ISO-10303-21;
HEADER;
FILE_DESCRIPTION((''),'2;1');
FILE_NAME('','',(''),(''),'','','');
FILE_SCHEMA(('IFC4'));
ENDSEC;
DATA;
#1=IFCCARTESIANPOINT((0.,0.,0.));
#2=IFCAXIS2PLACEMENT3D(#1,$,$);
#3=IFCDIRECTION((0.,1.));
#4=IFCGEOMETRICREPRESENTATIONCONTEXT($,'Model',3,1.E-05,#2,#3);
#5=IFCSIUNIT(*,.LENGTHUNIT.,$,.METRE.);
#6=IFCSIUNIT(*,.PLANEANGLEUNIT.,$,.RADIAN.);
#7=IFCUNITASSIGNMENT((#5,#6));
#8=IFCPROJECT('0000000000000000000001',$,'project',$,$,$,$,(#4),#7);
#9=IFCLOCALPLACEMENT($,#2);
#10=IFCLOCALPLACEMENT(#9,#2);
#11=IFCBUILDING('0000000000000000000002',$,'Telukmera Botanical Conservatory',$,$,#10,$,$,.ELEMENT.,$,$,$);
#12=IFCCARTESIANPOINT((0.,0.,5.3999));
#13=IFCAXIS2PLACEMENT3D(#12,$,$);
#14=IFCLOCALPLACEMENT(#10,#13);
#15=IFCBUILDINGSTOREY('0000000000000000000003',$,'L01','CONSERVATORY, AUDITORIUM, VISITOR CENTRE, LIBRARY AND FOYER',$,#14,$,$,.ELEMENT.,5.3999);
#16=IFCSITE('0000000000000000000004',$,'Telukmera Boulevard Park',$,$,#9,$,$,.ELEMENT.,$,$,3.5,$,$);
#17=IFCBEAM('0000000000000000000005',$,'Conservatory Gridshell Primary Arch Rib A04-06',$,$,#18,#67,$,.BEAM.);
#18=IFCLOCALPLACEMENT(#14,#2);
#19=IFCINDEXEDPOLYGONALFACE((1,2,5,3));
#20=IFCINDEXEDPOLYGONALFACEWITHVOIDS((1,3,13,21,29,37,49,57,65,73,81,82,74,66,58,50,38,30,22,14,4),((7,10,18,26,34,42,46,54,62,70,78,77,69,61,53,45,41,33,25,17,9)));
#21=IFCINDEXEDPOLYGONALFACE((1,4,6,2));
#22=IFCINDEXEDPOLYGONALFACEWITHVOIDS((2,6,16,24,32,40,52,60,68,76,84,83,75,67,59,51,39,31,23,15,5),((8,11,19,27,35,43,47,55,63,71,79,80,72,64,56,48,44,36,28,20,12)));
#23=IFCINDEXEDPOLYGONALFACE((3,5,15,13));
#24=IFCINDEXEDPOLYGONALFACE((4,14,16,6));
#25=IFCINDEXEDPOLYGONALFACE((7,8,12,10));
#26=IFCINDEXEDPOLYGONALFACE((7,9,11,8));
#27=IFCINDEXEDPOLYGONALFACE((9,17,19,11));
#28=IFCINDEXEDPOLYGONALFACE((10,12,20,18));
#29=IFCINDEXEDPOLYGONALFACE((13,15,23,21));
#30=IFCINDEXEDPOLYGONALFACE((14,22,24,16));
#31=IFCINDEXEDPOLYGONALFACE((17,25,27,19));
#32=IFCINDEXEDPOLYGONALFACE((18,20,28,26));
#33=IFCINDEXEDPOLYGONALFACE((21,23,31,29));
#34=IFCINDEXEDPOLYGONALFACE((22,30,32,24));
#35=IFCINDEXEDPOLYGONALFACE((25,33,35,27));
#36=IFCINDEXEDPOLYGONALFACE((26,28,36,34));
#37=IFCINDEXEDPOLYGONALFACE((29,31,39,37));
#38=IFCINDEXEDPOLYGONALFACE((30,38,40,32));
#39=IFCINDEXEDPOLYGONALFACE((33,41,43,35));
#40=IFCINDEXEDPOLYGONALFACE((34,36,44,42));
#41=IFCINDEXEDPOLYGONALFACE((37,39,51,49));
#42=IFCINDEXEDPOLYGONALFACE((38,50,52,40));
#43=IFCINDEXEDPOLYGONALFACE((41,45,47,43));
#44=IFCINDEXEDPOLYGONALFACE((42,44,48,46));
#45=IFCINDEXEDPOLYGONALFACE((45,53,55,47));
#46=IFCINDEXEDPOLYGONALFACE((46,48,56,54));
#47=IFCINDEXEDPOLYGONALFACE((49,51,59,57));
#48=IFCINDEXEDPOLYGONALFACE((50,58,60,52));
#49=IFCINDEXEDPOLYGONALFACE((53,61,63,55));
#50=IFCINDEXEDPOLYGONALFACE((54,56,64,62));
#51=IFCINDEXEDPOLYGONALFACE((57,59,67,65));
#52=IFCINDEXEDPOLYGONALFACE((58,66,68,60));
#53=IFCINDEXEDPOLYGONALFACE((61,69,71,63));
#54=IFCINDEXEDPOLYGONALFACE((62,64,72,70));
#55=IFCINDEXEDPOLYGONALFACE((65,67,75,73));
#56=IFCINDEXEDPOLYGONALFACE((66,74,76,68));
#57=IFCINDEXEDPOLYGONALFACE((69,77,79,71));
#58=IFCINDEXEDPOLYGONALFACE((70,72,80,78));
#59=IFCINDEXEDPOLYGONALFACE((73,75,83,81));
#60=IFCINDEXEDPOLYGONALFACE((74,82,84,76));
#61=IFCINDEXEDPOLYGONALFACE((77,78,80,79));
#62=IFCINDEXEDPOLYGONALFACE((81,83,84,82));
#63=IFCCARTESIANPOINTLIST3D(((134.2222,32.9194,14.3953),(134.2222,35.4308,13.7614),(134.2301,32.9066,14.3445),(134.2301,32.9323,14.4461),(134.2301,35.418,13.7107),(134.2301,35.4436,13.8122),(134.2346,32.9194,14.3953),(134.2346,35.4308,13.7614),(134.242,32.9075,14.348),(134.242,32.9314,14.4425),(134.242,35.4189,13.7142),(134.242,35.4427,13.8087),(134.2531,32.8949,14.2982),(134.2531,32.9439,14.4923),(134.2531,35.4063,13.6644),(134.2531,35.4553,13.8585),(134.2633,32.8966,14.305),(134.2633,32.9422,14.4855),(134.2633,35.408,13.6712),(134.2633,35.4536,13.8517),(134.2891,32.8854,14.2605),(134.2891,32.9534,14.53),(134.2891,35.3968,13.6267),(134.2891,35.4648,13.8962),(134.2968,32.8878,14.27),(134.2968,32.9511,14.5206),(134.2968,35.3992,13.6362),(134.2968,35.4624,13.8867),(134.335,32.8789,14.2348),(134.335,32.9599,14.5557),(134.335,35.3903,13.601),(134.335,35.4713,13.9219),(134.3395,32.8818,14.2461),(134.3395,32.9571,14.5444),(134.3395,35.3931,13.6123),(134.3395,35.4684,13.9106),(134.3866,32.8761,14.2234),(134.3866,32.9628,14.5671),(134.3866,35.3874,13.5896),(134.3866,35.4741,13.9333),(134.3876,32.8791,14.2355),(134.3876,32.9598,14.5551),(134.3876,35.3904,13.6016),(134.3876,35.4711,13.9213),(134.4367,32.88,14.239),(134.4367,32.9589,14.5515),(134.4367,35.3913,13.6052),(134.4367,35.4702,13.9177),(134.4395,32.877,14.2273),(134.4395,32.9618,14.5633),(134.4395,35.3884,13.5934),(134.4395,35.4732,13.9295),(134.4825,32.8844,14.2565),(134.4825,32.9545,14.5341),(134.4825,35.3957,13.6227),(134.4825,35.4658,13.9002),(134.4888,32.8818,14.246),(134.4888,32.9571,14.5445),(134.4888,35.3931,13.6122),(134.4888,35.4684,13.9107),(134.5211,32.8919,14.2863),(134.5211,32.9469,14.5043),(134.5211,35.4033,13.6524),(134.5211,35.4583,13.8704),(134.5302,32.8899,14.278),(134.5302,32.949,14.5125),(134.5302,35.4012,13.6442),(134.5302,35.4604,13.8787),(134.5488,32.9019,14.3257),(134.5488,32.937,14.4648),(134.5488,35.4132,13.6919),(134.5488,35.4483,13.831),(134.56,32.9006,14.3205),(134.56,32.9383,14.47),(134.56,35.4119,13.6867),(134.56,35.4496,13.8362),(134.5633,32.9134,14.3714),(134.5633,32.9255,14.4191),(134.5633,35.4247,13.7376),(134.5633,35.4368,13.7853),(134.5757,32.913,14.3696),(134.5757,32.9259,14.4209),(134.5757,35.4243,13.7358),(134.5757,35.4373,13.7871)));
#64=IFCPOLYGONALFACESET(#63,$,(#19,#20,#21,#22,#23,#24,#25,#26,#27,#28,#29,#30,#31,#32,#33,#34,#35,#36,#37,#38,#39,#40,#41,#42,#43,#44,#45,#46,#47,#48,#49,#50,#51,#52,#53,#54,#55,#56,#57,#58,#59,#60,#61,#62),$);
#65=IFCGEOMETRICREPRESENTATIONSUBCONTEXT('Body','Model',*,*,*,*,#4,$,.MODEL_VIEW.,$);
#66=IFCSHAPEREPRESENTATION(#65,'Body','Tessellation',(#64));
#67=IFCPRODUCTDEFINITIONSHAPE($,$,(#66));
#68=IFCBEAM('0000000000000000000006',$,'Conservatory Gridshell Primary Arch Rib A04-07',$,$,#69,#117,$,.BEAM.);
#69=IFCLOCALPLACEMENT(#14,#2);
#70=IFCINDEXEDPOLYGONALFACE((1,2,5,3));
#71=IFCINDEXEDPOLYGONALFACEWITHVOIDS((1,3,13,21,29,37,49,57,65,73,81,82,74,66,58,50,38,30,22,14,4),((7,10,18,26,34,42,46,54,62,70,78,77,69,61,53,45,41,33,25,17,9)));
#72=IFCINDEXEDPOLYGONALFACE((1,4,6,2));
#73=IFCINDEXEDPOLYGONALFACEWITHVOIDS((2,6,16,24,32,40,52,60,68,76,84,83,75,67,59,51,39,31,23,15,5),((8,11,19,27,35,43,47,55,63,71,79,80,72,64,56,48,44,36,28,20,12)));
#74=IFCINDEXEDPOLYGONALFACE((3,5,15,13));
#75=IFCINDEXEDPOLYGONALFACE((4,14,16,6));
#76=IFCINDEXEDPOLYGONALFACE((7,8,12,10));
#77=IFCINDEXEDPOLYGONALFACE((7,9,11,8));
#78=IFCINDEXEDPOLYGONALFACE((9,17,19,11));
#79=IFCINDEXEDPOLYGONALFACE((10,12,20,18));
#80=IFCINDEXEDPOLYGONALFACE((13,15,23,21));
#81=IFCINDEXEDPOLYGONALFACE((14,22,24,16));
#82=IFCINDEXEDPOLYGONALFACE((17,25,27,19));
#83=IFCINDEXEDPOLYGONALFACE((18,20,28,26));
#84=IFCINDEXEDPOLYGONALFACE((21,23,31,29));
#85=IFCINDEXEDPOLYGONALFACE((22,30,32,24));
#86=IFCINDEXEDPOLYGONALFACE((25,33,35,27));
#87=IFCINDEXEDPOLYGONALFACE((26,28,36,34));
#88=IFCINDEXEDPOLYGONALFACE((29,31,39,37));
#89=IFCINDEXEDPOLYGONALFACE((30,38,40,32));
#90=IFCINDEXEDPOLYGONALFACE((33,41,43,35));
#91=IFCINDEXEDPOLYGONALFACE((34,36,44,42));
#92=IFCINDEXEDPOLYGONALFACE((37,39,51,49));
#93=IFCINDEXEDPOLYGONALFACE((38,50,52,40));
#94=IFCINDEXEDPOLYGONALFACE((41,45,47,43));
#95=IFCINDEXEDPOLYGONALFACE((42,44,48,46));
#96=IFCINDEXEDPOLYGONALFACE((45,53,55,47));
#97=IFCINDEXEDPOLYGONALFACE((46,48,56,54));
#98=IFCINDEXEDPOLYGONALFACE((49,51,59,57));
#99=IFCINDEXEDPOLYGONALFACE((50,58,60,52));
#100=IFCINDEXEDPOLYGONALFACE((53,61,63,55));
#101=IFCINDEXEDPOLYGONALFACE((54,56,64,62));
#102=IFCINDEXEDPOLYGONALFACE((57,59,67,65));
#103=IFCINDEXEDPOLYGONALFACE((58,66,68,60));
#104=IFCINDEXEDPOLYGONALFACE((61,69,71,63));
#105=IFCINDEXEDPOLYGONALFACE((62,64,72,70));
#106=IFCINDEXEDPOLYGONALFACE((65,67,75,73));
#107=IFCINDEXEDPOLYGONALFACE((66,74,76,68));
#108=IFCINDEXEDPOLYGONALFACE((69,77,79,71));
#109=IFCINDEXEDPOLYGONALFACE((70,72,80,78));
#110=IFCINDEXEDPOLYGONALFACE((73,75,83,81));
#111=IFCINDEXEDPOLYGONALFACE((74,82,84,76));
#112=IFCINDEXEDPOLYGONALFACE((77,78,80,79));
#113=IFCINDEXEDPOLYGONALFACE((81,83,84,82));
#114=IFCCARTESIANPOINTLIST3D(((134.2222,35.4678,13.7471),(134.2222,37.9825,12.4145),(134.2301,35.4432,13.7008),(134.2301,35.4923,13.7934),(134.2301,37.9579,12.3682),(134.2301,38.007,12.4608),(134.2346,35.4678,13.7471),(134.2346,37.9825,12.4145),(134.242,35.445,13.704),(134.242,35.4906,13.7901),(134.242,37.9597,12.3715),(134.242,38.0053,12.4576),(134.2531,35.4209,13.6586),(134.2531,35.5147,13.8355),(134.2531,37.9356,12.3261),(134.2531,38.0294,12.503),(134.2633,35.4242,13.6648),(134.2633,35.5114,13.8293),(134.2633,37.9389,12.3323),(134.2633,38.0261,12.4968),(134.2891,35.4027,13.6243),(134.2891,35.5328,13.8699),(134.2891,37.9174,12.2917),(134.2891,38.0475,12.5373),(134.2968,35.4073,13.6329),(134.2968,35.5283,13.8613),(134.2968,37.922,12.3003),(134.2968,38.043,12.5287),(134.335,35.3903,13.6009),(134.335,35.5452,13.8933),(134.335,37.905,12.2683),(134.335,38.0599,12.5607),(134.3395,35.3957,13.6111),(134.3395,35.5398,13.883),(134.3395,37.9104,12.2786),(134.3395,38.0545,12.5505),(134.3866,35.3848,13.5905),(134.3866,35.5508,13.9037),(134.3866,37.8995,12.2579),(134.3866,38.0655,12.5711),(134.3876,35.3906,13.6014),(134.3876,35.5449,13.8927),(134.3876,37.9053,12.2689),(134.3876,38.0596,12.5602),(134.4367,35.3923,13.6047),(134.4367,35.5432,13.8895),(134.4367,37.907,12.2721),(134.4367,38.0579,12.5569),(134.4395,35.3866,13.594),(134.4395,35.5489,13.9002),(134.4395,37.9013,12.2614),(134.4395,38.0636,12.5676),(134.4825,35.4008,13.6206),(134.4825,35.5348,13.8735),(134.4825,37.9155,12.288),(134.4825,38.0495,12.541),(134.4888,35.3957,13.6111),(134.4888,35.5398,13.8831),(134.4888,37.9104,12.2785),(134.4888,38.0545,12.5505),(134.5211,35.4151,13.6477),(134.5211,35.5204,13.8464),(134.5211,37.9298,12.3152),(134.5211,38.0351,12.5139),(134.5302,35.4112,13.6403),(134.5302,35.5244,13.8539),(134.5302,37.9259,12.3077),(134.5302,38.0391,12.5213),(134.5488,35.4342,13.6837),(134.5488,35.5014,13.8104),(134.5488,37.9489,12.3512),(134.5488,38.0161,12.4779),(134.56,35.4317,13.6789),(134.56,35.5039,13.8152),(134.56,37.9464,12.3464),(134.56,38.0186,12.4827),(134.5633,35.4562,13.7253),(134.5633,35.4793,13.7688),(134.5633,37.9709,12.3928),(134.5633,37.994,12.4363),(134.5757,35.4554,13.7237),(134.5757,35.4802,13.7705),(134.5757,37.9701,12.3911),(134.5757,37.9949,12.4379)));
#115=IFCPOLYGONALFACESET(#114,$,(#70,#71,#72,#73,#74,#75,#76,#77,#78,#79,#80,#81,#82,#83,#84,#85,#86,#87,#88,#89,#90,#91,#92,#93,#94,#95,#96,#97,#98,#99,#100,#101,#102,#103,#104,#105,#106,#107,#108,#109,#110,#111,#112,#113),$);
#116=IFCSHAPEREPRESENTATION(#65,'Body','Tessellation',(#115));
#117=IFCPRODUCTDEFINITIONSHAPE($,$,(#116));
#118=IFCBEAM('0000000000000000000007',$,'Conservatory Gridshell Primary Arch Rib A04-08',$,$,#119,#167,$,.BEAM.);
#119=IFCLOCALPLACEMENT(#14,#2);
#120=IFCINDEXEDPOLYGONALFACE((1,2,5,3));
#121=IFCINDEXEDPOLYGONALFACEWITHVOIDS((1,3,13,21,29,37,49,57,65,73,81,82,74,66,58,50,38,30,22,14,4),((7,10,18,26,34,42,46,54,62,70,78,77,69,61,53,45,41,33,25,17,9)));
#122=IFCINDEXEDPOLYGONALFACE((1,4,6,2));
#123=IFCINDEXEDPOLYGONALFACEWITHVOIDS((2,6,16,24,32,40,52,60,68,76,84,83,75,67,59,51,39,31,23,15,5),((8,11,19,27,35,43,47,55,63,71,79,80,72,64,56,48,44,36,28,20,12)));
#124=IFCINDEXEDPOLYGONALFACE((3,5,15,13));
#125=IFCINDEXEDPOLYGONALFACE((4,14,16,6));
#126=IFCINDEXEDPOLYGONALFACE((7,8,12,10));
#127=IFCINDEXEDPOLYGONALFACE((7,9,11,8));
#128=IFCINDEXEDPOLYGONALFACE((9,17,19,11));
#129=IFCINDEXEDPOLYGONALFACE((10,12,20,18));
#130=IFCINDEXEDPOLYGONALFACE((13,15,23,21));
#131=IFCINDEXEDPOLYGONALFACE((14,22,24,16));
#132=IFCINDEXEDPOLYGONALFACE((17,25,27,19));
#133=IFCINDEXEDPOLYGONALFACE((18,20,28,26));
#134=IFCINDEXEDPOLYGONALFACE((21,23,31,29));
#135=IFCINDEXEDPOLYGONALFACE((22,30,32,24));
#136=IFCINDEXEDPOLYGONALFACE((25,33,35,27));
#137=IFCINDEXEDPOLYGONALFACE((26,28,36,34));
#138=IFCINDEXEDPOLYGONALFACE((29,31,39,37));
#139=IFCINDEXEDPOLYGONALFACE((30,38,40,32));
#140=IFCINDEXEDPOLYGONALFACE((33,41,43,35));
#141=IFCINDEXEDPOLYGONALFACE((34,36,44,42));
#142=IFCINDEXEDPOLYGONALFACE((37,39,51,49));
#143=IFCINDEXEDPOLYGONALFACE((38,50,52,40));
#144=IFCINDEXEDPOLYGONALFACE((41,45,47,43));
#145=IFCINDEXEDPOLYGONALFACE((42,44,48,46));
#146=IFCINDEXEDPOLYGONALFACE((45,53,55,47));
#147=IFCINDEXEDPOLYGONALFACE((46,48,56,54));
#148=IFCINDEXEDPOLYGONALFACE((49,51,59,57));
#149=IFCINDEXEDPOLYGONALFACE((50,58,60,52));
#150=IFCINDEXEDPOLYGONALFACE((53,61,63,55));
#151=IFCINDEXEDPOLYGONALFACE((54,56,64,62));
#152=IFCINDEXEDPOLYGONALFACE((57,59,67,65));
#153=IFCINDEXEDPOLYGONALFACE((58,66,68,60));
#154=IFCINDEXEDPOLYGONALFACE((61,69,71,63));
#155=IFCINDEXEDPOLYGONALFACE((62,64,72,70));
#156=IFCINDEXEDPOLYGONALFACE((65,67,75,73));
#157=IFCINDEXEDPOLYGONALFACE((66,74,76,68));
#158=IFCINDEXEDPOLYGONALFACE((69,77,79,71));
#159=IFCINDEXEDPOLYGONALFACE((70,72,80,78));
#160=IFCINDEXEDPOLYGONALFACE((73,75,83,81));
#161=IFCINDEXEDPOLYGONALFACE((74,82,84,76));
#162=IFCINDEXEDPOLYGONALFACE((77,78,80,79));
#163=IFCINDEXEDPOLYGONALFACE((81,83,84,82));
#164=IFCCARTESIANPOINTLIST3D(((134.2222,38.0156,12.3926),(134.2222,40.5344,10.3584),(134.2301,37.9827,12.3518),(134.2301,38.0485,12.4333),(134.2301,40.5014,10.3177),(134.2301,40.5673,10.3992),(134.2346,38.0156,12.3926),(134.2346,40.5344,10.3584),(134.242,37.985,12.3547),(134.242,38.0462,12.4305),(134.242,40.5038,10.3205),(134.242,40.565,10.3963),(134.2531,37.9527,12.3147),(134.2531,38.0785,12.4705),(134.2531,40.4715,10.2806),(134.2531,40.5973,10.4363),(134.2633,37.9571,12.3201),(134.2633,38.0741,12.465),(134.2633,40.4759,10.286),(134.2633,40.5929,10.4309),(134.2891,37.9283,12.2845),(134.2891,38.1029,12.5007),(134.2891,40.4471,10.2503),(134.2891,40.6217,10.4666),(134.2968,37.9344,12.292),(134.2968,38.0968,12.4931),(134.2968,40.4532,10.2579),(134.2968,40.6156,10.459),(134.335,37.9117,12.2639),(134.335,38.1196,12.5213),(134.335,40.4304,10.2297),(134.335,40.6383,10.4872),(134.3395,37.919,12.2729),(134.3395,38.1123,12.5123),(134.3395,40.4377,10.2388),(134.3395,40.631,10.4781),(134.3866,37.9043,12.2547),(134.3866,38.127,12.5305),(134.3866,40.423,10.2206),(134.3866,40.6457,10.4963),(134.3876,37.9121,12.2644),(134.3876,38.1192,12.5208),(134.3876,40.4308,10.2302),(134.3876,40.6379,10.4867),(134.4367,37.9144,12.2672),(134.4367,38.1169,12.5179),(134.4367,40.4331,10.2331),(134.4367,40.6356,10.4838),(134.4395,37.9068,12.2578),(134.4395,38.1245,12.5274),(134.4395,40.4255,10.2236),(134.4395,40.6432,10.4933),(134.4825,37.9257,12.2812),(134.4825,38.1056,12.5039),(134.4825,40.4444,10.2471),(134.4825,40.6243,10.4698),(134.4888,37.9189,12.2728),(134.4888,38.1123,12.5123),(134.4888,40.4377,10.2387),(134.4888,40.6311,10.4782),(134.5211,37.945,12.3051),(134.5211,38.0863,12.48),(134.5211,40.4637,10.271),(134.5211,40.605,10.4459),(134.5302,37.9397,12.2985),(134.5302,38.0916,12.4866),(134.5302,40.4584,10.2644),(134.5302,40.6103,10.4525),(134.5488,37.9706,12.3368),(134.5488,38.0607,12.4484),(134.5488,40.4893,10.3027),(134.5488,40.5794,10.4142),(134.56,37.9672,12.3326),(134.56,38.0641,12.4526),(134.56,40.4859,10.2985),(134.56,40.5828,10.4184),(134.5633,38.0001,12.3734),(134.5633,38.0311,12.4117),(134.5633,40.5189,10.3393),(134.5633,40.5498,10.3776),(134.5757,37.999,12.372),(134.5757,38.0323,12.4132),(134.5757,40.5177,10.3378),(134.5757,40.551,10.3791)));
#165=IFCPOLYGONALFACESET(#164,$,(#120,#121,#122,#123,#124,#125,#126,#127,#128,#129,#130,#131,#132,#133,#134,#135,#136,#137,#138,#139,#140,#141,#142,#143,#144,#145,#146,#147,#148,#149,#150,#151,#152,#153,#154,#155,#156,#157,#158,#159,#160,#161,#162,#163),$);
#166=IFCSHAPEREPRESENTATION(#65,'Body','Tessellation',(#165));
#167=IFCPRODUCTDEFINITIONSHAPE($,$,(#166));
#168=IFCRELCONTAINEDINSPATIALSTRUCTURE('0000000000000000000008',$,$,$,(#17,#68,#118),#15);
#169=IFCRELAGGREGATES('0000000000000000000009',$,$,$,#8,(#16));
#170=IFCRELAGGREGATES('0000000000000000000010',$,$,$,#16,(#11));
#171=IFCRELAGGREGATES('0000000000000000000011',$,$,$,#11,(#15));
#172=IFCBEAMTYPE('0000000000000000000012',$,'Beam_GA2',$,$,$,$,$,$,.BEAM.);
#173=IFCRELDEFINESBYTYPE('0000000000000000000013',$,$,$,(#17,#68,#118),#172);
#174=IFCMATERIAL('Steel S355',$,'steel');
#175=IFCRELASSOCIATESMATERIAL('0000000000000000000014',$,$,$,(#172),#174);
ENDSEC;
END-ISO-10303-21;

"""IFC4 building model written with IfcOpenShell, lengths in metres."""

from ifc_helpers import new_model, si_unit, direction, frame, origin, origin_2d, place, context, subcontext, project, spatial, hollow_circle, extrude, material, material_profile, profile_set, type_object, element, save


model = new_model("IFC4")

# Units and contexts
model_context = context("Model", 3, precision=1e-05, world=origin(), true_north=direction((0.0, 1.0)))
body_context = subcontext(model_context, "Body", "Model", "MODEL_VIEW")
ifc_project = project(units=[si_unit("LENGTHUNIT", "METRE"), si_unit("PLANEANGLEUNIT", "RADIAN")], contexts=[model_context])

# Site, building, storey
site_placement = place(None, origin())
site = spatial("IfcSite", under=ifc_project, at=site_placement, Name="Telukmera Boulevard Park", CompositionType="ELEMENT", RefElevation=3.5)
building_placement = place(site_placement, origin())
building = spatial("IfcBuilding", under=site, at=building_placement, Name="Telukmera Botanical Conservatory", CompositionType="ELEMENT")
storey_placement = place(building_placement, frame((0.0, 0.0, 5.3999)))
storey = spatial("IfcBuildingStorey", under=building, at=storey_placement, Name="L01", Description="CONSERVATORY, AUDITORIUM, VISITOR CENTRE, LIBRARY AND FOYER", CompositionType="ELEMENT", Elevation=5.3999)

# Beams
ifc_material_1 = material(Name="Steel S355", Category="steel")
ifc_material_profile_1 = material_profile(ifc_material_1, hollow_circle(Radius=0.1777, WallThickness=0.0125, at=origin_2d()), Name="CHS 355.6x12.5")
ifc_profile_set_1 = profile_set([ifc_material_profile_1], Name="Steel S355")
beam_type_1 = type_object("IfcBeamType", Name="Beam_GA2", PredefinedType="BEAM", material=ifc_profile_set_1)
beam_1_placement = place(storey_placement, frame((134.3999, 32.9194, 14.3953), z_axis=(0.0, 0.969597, -0.244709), x_axis=(-1.0, 0.0, 0.0)))
element("IfcBeam", 1, at=beam_1_placement, inside=storey, type_object=beam_type_1, Name="Conservatory Gridshell Primary Arch Rib A04-06", PredefinedType="BEAM", context=body_context, shape_type="SweptSolid", body=[
    extrude(hollow_circle(Radius=0.1777, WallThickness=0.0125, at=origin_2d()), origin(), (0.0, 0.0, 1.0), 2.5901),
])
beam_2_placement = place(storey_placement, frame((134.3999, 35.4678, 13.7471), z_axis=(0.0, 0.883608, -0.468227), x_axis=(-1.0, 0.0, 0.0)))
element("IfcBeam", 2, at=beam_2_placement, inside=storey, type_object=beam_type_1, Name="Conservatory Gridshell Primary Arch Rib A04-07", PredefinedType="BEAM", context=body_context, shape_type="SweptSolid", body=[
    extrude(hollow_circle(Radius=0.1777, WallThickness=0.0125, at=origin_2d()), origin(), (0.0, 0.0, 1.0), 2.8459),
])
beam_3_placement = place(storey_placement, frame((134.3999, 38.0156, 12.3926), z_axis=(0.0, 0.777977, -0.628293), x_axis=(-1.0, 0.0, 0.0)))
element("IfcBeam", 3, at=beam_3_placement, inside=storey, type_object=beam_type_1, Name="Conservatory Gridshell Primary Arch Rib A04-08", PredefinedType="BEAM", context=body_context, shape_type="SweptSolid", body=[
    extrude(hollow_circle(Radius=0.1777, WallThickness=0.0125, at=origin_2d()), origin(), (0.0, 0.0, 1.0), 3.2375),
])

save(model, "model.ifc")
